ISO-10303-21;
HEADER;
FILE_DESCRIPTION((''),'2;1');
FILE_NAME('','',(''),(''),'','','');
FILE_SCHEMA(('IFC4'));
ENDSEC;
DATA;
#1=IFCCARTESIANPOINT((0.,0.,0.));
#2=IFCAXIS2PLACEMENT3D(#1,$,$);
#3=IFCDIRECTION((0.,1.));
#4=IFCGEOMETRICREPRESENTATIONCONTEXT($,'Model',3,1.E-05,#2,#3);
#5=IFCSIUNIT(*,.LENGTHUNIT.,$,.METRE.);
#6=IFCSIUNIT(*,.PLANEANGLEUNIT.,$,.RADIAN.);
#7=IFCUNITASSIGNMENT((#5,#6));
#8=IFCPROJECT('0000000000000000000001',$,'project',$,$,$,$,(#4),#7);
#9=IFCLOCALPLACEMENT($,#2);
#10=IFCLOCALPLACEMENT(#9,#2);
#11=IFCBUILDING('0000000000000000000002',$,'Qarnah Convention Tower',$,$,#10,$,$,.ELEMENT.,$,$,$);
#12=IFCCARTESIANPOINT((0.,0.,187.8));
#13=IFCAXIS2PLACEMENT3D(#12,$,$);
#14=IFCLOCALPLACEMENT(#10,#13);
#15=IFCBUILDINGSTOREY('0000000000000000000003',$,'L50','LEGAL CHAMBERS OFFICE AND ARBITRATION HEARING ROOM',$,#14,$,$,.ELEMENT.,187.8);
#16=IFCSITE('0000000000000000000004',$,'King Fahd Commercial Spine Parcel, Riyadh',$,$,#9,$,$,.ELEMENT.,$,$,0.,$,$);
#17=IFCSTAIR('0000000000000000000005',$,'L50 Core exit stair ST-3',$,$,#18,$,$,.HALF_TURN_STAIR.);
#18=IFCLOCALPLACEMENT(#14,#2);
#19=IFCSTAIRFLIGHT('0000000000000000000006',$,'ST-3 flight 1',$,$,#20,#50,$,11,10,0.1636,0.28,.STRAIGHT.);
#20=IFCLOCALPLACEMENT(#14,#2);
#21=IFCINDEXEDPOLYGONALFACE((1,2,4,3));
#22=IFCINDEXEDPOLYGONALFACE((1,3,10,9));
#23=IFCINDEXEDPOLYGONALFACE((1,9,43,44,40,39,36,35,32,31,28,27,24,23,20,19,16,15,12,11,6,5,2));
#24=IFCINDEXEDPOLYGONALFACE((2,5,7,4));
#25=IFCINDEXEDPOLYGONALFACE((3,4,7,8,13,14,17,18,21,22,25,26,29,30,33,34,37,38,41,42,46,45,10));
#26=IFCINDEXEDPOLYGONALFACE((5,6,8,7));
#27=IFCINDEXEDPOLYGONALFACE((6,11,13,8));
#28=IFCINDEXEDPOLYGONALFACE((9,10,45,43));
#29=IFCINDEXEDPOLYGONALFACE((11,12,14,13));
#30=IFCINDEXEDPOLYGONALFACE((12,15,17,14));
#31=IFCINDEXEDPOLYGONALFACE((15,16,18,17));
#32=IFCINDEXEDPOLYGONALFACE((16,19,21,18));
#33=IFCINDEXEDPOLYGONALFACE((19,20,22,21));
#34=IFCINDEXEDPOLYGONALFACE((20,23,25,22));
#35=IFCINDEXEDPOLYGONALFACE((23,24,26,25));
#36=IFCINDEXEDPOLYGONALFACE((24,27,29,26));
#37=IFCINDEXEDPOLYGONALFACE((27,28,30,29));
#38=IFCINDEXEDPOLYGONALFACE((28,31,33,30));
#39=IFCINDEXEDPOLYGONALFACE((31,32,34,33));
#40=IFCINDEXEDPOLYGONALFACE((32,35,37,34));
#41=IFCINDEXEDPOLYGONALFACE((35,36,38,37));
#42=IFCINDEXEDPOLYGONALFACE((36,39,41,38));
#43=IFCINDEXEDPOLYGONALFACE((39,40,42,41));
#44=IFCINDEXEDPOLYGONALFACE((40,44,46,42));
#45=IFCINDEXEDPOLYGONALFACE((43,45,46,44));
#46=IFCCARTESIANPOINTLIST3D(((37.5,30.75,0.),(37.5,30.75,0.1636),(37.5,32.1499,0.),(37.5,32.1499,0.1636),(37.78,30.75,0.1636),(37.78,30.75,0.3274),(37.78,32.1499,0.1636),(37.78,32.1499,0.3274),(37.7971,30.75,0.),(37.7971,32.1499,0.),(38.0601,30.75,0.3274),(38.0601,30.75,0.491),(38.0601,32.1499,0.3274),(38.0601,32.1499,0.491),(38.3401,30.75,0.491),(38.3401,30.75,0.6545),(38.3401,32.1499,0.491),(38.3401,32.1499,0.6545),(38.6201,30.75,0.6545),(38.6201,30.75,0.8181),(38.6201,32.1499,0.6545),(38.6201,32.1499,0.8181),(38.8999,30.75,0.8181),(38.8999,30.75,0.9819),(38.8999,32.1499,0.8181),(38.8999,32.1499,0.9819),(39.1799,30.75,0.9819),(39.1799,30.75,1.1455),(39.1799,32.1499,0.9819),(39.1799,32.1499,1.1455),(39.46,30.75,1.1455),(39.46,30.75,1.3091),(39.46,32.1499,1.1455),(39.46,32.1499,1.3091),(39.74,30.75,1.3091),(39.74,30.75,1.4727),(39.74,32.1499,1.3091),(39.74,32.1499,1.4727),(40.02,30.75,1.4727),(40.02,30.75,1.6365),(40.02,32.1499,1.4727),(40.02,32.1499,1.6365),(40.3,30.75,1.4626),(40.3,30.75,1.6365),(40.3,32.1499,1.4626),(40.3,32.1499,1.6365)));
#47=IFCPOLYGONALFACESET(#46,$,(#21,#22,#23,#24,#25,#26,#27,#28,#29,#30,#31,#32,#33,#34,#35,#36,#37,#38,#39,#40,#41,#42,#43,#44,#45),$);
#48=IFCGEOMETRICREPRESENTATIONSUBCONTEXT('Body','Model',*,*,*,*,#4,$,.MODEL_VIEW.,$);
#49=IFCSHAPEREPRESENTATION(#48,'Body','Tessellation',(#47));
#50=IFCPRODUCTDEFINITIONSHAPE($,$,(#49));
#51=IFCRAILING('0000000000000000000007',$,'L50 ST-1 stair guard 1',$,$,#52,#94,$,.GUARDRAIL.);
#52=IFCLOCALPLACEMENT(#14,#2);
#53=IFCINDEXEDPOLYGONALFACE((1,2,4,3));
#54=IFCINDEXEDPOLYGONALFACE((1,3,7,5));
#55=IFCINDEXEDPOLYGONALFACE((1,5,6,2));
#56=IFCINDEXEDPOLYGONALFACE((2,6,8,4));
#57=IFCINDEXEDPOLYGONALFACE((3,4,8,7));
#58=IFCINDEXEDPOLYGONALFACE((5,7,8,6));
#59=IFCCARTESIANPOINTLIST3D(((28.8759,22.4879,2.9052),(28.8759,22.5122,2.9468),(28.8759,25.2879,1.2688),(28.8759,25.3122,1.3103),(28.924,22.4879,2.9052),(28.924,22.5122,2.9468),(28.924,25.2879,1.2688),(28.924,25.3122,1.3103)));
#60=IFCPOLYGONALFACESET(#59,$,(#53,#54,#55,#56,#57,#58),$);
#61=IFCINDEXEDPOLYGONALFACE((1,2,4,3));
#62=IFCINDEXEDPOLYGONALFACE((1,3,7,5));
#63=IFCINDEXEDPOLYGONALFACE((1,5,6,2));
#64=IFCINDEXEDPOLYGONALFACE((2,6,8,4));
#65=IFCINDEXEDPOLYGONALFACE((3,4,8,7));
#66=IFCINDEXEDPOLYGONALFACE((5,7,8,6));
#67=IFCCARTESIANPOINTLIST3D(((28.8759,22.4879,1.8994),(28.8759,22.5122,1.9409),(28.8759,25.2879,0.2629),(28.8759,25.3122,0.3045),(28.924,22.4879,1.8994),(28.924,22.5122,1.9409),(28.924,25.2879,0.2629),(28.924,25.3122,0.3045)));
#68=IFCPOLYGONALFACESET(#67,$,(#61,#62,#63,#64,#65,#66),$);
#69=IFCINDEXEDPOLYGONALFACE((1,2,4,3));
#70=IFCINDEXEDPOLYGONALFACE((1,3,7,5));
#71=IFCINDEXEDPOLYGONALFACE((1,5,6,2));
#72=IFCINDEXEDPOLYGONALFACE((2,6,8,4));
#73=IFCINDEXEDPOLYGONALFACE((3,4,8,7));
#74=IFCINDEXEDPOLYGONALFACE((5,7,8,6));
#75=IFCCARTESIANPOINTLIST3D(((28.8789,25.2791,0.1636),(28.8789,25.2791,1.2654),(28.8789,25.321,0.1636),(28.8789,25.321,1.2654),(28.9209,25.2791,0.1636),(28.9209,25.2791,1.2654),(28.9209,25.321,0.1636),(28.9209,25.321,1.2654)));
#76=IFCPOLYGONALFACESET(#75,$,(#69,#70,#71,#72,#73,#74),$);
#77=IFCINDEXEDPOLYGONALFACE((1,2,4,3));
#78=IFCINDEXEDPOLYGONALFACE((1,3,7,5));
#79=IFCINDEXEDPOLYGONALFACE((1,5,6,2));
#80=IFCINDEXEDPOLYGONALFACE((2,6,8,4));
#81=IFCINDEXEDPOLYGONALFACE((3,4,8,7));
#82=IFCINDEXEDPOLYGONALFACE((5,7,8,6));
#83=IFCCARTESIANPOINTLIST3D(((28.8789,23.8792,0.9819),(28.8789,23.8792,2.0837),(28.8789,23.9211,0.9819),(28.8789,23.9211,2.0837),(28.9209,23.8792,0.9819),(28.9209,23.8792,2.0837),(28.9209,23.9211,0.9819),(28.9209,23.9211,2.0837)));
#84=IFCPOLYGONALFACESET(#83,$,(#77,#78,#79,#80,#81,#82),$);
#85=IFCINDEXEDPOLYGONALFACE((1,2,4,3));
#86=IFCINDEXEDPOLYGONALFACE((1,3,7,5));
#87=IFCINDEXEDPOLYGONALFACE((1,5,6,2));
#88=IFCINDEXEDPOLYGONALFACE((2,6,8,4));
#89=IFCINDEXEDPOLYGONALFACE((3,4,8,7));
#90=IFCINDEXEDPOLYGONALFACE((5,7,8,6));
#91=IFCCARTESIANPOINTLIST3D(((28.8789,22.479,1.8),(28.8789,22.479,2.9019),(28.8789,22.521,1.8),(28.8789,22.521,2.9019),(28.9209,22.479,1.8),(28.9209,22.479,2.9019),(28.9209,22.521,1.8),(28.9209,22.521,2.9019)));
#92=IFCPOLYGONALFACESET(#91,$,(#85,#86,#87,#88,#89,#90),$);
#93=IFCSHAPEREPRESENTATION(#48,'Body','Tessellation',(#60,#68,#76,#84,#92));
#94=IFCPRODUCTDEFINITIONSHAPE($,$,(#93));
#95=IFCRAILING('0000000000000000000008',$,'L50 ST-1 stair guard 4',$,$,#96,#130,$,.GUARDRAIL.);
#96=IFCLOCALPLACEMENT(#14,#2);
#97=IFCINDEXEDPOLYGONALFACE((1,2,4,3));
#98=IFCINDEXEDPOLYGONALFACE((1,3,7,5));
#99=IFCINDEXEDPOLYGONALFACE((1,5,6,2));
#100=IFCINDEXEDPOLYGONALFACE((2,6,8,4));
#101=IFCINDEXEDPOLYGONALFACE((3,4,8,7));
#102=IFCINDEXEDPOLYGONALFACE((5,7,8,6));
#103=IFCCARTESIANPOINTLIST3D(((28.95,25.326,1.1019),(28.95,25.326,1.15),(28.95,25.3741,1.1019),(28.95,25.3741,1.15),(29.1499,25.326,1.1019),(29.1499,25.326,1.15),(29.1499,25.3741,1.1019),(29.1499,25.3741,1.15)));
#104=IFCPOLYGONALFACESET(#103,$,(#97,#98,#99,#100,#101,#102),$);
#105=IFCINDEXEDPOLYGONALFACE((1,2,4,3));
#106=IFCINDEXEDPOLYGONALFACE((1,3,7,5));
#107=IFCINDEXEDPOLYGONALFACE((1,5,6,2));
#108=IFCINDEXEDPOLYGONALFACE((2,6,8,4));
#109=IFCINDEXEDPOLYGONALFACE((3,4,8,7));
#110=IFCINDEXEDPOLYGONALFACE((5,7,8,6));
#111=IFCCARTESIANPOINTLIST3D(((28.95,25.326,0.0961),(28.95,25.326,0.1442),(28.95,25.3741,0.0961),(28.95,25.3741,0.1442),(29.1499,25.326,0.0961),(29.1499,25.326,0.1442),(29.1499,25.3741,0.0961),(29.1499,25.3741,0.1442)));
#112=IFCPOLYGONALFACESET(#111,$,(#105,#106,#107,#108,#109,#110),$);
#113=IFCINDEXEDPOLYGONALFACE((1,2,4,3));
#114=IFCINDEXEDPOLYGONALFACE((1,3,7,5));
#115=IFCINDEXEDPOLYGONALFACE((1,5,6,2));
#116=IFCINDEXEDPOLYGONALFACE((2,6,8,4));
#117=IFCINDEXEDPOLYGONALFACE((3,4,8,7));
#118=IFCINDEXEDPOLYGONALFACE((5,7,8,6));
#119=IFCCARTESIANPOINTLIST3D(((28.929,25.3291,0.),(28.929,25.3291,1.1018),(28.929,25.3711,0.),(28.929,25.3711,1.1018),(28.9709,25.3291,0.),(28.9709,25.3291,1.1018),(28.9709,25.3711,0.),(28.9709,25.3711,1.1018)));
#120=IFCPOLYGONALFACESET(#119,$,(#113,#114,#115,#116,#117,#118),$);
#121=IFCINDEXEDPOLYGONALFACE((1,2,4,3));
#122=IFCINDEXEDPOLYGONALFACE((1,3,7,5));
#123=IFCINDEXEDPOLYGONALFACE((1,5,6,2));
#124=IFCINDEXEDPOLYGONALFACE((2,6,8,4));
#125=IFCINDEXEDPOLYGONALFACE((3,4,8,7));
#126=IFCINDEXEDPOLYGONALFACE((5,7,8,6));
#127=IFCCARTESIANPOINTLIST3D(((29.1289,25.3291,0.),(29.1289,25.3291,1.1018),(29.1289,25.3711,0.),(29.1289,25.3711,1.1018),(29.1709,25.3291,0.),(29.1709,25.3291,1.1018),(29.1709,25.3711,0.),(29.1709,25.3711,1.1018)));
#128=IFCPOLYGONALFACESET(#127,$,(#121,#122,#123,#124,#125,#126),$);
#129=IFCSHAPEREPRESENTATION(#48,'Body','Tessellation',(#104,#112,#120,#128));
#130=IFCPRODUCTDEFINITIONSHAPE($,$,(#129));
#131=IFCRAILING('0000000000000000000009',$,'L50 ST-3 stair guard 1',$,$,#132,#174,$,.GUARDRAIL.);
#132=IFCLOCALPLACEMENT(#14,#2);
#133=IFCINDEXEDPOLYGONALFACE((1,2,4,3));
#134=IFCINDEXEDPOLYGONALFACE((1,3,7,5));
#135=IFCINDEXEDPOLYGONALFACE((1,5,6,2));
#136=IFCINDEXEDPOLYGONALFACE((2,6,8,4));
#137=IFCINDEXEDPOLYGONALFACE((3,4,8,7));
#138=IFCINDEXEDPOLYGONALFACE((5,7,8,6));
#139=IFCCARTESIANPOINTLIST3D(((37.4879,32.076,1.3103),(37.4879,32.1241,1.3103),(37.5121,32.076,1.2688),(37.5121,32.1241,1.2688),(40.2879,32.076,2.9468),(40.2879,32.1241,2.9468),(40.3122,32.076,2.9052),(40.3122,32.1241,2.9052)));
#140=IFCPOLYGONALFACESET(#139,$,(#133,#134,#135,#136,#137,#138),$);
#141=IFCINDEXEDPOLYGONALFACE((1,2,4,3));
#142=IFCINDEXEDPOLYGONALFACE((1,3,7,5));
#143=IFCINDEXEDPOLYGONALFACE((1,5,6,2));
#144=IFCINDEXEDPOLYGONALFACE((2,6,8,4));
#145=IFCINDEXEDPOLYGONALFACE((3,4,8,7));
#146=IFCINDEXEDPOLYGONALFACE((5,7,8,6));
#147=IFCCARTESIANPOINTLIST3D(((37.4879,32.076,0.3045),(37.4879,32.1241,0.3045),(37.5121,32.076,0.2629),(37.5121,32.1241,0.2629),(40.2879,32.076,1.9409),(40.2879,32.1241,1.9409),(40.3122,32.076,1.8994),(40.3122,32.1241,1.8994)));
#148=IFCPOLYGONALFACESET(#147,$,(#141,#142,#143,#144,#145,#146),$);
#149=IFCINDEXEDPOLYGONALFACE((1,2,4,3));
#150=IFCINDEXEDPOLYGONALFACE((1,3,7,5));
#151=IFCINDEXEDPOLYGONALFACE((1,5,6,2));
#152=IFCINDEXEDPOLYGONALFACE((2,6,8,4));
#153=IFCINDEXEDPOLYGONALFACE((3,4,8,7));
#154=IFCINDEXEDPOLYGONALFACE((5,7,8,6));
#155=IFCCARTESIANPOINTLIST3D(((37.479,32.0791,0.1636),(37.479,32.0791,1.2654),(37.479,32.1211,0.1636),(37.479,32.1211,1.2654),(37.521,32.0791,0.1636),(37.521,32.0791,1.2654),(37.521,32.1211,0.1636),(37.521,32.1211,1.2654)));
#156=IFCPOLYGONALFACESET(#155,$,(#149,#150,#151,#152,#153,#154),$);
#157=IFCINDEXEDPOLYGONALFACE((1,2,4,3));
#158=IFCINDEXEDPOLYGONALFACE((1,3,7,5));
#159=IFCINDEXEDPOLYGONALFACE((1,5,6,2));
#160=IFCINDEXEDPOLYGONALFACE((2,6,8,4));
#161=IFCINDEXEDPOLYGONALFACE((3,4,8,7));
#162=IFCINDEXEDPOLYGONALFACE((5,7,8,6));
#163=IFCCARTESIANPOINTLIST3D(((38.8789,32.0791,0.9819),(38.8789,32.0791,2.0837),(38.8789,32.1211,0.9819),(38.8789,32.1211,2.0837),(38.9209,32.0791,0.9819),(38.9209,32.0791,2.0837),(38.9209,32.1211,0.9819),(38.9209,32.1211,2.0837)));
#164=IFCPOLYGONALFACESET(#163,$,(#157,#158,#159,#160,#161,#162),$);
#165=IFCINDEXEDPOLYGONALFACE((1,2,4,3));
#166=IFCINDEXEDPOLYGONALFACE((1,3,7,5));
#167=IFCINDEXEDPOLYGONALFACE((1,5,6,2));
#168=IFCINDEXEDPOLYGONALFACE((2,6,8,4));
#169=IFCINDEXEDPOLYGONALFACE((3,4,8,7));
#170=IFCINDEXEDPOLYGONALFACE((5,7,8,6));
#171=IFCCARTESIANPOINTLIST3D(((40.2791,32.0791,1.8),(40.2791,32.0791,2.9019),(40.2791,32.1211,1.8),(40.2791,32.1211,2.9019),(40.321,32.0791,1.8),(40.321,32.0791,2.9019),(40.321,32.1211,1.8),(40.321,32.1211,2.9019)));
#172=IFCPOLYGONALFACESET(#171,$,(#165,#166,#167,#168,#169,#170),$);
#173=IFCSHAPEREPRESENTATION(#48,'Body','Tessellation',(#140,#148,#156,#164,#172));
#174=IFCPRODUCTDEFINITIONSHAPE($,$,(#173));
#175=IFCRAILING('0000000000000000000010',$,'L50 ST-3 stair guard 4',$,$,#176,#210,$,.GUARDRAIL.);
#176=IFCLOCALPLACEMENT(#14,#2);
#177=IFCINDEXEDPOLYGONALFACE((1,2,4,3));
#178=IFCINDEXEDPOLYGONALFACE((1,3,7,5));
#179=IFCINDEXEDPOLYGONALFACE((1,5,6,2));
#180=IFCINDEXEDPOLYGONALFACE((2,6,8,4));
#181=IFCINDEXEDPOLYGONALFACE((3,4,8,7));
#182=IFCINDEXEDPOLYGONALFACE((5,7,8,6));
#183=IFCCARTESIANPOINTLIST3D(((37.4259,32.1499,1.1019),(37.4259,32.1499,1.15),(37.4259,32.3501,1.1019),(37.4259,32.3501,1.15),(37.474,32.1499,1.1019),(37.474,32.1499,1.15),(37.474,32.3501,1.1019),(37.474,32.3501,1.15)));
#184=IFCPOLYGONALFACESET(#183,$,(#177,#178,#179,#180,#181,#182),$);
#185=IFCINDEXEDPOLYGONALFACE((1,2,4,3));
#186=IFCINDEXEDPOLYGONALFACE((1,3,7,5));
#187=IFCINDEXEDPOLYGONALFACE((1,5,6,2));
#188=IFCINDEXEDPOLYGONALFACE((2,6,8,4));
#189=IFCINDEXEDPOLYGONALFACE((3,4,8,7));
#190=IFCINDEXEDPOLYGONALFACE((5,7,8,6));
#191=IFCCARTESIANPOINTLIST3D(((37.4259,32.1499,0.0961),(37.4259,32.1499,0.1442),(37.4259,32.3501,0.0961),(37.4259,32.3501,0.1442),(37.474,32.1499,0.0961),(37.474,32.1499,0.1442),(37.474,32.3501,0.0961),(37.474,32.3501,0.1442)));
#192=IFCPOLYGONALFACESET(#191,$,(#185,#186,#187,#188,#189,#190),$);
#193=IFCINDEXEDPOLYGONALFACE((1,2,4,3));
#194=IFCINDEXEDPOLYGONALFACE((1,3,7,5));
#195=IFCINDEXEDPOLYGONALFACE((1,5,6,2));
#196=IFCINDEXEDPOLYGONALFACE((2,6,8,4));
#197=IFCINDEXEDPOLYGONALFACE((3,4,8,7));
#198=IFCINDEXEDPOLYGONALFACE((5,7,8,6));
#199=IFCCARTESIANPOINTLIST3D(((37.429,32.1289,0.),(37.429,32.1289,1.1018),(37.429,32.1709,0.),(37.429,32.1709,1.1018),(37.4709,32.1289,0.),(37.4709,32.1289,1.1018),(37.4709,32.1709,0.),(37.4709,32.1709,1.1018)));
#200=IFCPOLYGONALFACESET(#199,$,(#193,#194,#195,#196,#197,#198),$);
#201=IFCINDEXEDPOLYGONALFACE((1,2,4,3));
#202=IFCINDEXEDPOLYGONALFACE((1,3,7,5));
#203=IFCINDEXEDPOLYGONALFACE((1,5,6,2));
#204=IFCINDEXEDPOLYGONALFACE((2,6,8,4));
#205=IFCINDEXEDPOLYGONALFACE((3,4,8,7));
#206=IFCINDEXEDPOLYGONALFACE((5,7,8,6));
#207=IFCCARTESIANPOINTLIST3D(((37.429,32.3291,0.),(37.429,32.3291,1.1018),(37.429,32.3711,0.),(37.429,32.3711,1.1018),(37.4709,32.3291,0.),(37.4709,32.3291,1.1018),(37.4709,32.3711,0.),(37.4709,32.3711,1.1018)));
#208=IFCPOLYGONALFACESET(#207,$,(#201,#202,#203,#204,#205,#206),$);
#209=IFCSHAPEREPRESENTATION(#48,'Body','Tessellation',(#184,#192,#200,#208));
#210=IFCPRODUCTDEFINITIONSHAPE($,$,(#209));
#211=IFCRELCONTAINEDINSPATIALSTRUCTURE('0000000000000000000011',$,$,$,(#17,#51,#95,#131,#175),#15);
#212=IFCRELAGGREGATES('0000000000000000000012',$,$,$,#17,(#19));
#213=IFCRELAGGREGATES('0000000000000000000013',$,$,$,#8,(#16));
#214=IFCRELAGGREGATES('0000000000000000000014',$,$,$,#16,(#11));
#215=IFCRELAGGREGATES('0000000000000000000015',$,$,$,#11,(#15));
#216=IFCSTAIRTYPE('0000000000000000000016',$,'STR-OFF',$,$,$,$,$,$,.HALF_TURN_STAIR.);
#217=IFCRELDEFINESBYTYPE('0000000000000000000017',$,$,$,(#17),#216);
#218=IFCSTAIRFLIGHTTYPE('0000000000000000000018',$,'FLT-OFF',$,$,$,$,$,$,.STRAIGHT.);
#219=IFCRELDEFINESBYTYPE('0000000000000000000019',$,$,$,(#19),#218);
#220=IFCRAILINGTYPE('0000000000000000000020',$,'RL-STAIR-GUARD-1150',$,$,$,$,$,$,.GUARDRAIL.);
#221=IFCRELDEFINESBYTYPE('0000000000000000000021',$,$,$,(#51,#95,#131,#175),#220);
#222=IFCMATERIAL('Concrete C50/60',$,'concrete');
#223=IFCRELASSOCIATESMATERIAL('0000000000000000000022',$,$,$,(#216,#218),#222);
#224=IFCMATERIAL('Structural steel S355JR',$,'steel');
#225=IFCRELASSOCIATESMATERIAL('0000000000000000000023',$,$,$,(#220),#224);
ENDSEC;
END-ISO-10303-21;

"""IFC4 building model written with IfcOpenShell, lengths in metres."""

from ifc_helpers import new_model, si_unit, direction, frame, origin, origin_2d, place, context, subcontext, project, spatial, polyline, rectangle, outline, extrude, material, type_object, element, aggregate, save


model = new_model("IFC4")

# Units and contexts
model_context = context("Model", 3, precision=1e-05, world=origin(), true_north=direction((0.0, 1.0)))
body_context = subcontext(model_context, "Body", "Model", "MODEL_VIEW")
ifc_project = project(units=[si_unit("LENGTHUNIT", "METRE"), si_unit("PLANEANGLEUNIT", "RADIAN")], contexts=[model_context])

# Site, building, storey
site_placement = place(None, origin())
site = spatial("IfcSite", under=ifc_project, at=site_placement, Name="King Fahd Commercial Spine Parcel, Riyadh", CompositionType="ELEMENT", RefElevation=0.0)
building_placement = place(site_placement, origin())
building = spatial("IfcBuilding", under=site, at=building_placement, Name="Qarnah Convention Tower", CompositionType="ELEMENT")
storey_placement = place(building_placement, frame((0.0, 0.0, 187.8)))
storey = spatial("IfcBuildingStorey", under=building, at=storey_placement, Name="L50", Description="LEGAL CHAMBERS OFFICE AND ARBITRATION HEARING ROOM", CompositionType="ELEMENT", Elevation=187.8)

# Shared definitions
ifc_material_1 = material(Name="Concrete C50/60", Category="concrete")

# Shared definitions
ifc_material_2 = material(Name="Structural steel S355JR", Category="steel")

# Stair, stair flight
stair_type = type_object("IfcStairType", Name="STR-OFF", PredefinedType="HALF_TURN_STAIR", material=ifc_material_1)
stair_placement = place(storey_placement, origin())
stair = element("IfcStair", 1, at=stair_placement, inside=storey, type_object=stair_type, Name="L50 Core exit stair ST-3", PredefinedType="HALF_TURN_STAIR")
stair_flight_type = type_object("IfcStairFlightType", Name="FLT-OFF", PredefinedType="STRAIGHT", material=ifc_material_1)
stair_flight_placement = place(storey_placement, frame((37.5, 31.45, 0.0), z_axis=(0.0, 0.0, 1.0), x_axis=(1.0, 0.0, 0.0)))
stair_flight = element("IfcStairFlight", 2, at=stair_flight_placement, type_object=stair_flight_type, Name="ST-3 flight 1", NumberOfRisers=11, NumberOfTreads=10, PredefinedType="STRAIGHT", RiserHeight=0.1636, TreadLength=0.28, context=body_context, shape_type="SweptSolid", body=[
    extrude(outline(polyline([(0.0, 0.0), (0.0, 0.1636), (0.28, 0.1636), (0.28, 0.3274), (0.5601, 0.3274), (0.5601, 0.491), (0.8401, 0.491), (0.8401, 0.6545), (1.1201, 0.6545), (1.1201, 0.8181), (1.3999, 0.8181), (1.3999, 0.9819), (1.6799, 0.9819), (1.6799, 1.1455), (1.96, 1.1455), (1.96, 1.3091), (2.24, 1.3091), (2.24, 1.4727), (2.52, 1.4727), (2.52, 1.6365), (2.8, 1.6365), (2.8, 1.8), (2.8, 1.4626), (0.2971, 0.0), (0.0, 0.0)])), frame((0.0, 0.7, 0.0), z_axis=(0.0, -1.0, 0.0), x_axis=(1.0, 0.0, 0.0)), (0.0, 0.0, 1.0), 1.3999),
])
aggregate(stair, [stair_flight])

# Railings
railing_type_1 = type_object("IfcRailingType", Name="RL-STAIR-GUARD-1150", PredefinedType="GUARDRAIL", material=ifc_material_2)
railing_1_placement = place(storey_placement, frame((28.8999, 25.3, 0.1636)))
element("IfcRailing", 3, at=railing_1_placement, inside=storey, type_object=railing_type_1, Name="L50 ST-1 stair guard 1", PredefinedType="GUARDRAIL", context=body_context, shape_type="SweptSolid", body=[
    extrude(rectangle(XDim=0.0481, YDim=0.0481, at=origin_2d()), frame((0.0, 0.0, 1.126), z_axis=(0.0, -0.863361, 0.504587), x_axis=(1.0, 0.0, 0.0)), (0.0, 0.0, 1.0), 3.2432),
    extrude(rectangle(XDim=0.0481, YDim=0.0481, at=origin_2d()), frame((0.0, 0.0, 0.1201), z_axis=(0.0, -0.863361, 0.504587), x_axis=(1.0, 0.0, 0.0)), (0.0, 0.0, 1.0), 3.2432),
    extrude(rectangle(XDim=0.042, YDim=0.042, at=origin_2d()), origin(), (0.0, 0.0, 1.0), 1.1018),
    extrude(rectangle(XDim=0.042, YDim=0.042, at=origin_2d()), frame((0.0, -1.3999, 0.8184)), (0.0, 0.0, 1.0), 1.1018),
    extrude(rectangle(XDim=0.042, YDim=0.042, at=origin_2d()), frame((0.0, -2.8, 1.6365)), (0.0, 0.0, 1.0), 1.1018),
])
railing_2_placement = place(storey_placement, frame((28.95, 25.3501, 0.0)))
element("IfcRailing", 4, at=railing_2_placement, inside=storey, type_object=railing_type_1, Name="L50 ST-1 stair guard 4", PredefinedType="GUARDRAIL", context=body_context, shape_type="SweptSolid", body=[
    extrude(rectangle(XDim=0.0481, YDim=0.0481, at=origin_2d()), frame((0.0, 0.0, 1.126), z_axis=(1.0, 0.0, 0.0), x_axis=(0.0, 1.0, 0.0)), (0.0, 0.0, 1.0), 0.2),
    extrude(rectangle(XDim=0.0481, YDim=0.0481, at=origin_2d()), frame((0.0, 0.0, 0.1201), z_axis=(1.0, 0.0, 0.0), x_axis=(0.0, 1.0, 0.0)), (0.0, 0.0, 1.0), 0.2),
    extrude(rectangle(XDim=0.042, YDim=0.042, at=origin_2d()), origin(), (0.0, 0.0, 1.0), 1.1018),
    extrude(rectangle(XDim=0.042, YDim=0.042, at=origin_2d()), frame((0.2, 0.0, 0.0)), (0.0, 0.0, 1.0), 1.1018),
])
railing_3_placement = place(storey_placement, frame((37.5, 32.1001, 0.1636)))
element("IfcRailing", 5, at=railing_3_placement, inside=storey, type_object=railing_type_1, Name="L50 ST-3 stair guard 1", PredefinedType="GUARDRAIL", context=body_context, shape_type="SweptSolid", body=[
    extrude(rectangle(XDim=0.0481, YDim=0.0481, at=origin_2d()), frame((0.0, 0.0, 1.126), z_axis=(0.863361, 0.0, 0.504587), x_axis=(0.0, 1.0, 0.0)), (0.0, 0.0, 1.0), 3.2432),
    extrude(rectangle(XDim=0.0481, YDim=0.0481, at=origin_2d()), frame((0.0, 0.0, 0.1201), z_axis=(0.863361, 0.0, 0.504587), x_axis=(0.0, 1.0, 0.0)), (0.0, 0.0, 1.0), 3.2432),
    extrude(rectangle(XDim=0.042, YDim=0.042, at=origin_2d()), origin(), (0.0, 0.0, 1.0), 1.1018),
    extrude(rectangle(XDim=0.042, YDim=0.042, at=origin_2d()), frame((1.3999, 0.0, 0.8184)), (0.0, 0.0, 1.0), 1.1018),
    extrude(rectangle(XDim=0.042, YDim=0.042, at=origin_2d()), frame((2.8, 0.0, 1.6365)), (0.0, 0.0, 1.0), 1.1018),
])
railing_4_placement = place(storey_placement, frame((37.45, 32.1499, 0.0)))
element("IfcRailing", 6, at=railing_4_placement, inside=storey, type_object=railing_type_1, Name="L50 ST-3 stair guard 4", PredefinedType="GUARDRAIL", context=body_context, shape_type="SweptSolid", body=[
    extrude(rectangle(XDim=0.0481, YDim=0.0481, at=origin_2d()), frame((0.0, 0.0, 1.126), z_axis=(0.0, 1.0, 0.0), x_axis=(-1.0, 0.0, 0.0)), (0.0, 0.0, 1.0), 0.2002),
    extrude(rectangle(XDim=0.0481, YDim=0.0481, at=origin_2d()), frame((0.0, 0.0, 0.1201), z_axis=(0.0, 1.0, 0.0), x_axis=(-1.0, 0.0, 0.0)), (0.0, 0.0, 1.0), 0.2002),
    extrude(rectangle(XDim=0.042, YDim=0.042, at=origin_2d()), origin(), (0.0, 0.0, 1.0), 1.1018),
    extrude(rectangle(XDim=0.042, YDim=0.042, at=origin_2d()), frame((0.0, 0.2002, 0.0)), (0.0, 0.0, 1.0), 1.1018),
])

save(model, "model.ifc")
